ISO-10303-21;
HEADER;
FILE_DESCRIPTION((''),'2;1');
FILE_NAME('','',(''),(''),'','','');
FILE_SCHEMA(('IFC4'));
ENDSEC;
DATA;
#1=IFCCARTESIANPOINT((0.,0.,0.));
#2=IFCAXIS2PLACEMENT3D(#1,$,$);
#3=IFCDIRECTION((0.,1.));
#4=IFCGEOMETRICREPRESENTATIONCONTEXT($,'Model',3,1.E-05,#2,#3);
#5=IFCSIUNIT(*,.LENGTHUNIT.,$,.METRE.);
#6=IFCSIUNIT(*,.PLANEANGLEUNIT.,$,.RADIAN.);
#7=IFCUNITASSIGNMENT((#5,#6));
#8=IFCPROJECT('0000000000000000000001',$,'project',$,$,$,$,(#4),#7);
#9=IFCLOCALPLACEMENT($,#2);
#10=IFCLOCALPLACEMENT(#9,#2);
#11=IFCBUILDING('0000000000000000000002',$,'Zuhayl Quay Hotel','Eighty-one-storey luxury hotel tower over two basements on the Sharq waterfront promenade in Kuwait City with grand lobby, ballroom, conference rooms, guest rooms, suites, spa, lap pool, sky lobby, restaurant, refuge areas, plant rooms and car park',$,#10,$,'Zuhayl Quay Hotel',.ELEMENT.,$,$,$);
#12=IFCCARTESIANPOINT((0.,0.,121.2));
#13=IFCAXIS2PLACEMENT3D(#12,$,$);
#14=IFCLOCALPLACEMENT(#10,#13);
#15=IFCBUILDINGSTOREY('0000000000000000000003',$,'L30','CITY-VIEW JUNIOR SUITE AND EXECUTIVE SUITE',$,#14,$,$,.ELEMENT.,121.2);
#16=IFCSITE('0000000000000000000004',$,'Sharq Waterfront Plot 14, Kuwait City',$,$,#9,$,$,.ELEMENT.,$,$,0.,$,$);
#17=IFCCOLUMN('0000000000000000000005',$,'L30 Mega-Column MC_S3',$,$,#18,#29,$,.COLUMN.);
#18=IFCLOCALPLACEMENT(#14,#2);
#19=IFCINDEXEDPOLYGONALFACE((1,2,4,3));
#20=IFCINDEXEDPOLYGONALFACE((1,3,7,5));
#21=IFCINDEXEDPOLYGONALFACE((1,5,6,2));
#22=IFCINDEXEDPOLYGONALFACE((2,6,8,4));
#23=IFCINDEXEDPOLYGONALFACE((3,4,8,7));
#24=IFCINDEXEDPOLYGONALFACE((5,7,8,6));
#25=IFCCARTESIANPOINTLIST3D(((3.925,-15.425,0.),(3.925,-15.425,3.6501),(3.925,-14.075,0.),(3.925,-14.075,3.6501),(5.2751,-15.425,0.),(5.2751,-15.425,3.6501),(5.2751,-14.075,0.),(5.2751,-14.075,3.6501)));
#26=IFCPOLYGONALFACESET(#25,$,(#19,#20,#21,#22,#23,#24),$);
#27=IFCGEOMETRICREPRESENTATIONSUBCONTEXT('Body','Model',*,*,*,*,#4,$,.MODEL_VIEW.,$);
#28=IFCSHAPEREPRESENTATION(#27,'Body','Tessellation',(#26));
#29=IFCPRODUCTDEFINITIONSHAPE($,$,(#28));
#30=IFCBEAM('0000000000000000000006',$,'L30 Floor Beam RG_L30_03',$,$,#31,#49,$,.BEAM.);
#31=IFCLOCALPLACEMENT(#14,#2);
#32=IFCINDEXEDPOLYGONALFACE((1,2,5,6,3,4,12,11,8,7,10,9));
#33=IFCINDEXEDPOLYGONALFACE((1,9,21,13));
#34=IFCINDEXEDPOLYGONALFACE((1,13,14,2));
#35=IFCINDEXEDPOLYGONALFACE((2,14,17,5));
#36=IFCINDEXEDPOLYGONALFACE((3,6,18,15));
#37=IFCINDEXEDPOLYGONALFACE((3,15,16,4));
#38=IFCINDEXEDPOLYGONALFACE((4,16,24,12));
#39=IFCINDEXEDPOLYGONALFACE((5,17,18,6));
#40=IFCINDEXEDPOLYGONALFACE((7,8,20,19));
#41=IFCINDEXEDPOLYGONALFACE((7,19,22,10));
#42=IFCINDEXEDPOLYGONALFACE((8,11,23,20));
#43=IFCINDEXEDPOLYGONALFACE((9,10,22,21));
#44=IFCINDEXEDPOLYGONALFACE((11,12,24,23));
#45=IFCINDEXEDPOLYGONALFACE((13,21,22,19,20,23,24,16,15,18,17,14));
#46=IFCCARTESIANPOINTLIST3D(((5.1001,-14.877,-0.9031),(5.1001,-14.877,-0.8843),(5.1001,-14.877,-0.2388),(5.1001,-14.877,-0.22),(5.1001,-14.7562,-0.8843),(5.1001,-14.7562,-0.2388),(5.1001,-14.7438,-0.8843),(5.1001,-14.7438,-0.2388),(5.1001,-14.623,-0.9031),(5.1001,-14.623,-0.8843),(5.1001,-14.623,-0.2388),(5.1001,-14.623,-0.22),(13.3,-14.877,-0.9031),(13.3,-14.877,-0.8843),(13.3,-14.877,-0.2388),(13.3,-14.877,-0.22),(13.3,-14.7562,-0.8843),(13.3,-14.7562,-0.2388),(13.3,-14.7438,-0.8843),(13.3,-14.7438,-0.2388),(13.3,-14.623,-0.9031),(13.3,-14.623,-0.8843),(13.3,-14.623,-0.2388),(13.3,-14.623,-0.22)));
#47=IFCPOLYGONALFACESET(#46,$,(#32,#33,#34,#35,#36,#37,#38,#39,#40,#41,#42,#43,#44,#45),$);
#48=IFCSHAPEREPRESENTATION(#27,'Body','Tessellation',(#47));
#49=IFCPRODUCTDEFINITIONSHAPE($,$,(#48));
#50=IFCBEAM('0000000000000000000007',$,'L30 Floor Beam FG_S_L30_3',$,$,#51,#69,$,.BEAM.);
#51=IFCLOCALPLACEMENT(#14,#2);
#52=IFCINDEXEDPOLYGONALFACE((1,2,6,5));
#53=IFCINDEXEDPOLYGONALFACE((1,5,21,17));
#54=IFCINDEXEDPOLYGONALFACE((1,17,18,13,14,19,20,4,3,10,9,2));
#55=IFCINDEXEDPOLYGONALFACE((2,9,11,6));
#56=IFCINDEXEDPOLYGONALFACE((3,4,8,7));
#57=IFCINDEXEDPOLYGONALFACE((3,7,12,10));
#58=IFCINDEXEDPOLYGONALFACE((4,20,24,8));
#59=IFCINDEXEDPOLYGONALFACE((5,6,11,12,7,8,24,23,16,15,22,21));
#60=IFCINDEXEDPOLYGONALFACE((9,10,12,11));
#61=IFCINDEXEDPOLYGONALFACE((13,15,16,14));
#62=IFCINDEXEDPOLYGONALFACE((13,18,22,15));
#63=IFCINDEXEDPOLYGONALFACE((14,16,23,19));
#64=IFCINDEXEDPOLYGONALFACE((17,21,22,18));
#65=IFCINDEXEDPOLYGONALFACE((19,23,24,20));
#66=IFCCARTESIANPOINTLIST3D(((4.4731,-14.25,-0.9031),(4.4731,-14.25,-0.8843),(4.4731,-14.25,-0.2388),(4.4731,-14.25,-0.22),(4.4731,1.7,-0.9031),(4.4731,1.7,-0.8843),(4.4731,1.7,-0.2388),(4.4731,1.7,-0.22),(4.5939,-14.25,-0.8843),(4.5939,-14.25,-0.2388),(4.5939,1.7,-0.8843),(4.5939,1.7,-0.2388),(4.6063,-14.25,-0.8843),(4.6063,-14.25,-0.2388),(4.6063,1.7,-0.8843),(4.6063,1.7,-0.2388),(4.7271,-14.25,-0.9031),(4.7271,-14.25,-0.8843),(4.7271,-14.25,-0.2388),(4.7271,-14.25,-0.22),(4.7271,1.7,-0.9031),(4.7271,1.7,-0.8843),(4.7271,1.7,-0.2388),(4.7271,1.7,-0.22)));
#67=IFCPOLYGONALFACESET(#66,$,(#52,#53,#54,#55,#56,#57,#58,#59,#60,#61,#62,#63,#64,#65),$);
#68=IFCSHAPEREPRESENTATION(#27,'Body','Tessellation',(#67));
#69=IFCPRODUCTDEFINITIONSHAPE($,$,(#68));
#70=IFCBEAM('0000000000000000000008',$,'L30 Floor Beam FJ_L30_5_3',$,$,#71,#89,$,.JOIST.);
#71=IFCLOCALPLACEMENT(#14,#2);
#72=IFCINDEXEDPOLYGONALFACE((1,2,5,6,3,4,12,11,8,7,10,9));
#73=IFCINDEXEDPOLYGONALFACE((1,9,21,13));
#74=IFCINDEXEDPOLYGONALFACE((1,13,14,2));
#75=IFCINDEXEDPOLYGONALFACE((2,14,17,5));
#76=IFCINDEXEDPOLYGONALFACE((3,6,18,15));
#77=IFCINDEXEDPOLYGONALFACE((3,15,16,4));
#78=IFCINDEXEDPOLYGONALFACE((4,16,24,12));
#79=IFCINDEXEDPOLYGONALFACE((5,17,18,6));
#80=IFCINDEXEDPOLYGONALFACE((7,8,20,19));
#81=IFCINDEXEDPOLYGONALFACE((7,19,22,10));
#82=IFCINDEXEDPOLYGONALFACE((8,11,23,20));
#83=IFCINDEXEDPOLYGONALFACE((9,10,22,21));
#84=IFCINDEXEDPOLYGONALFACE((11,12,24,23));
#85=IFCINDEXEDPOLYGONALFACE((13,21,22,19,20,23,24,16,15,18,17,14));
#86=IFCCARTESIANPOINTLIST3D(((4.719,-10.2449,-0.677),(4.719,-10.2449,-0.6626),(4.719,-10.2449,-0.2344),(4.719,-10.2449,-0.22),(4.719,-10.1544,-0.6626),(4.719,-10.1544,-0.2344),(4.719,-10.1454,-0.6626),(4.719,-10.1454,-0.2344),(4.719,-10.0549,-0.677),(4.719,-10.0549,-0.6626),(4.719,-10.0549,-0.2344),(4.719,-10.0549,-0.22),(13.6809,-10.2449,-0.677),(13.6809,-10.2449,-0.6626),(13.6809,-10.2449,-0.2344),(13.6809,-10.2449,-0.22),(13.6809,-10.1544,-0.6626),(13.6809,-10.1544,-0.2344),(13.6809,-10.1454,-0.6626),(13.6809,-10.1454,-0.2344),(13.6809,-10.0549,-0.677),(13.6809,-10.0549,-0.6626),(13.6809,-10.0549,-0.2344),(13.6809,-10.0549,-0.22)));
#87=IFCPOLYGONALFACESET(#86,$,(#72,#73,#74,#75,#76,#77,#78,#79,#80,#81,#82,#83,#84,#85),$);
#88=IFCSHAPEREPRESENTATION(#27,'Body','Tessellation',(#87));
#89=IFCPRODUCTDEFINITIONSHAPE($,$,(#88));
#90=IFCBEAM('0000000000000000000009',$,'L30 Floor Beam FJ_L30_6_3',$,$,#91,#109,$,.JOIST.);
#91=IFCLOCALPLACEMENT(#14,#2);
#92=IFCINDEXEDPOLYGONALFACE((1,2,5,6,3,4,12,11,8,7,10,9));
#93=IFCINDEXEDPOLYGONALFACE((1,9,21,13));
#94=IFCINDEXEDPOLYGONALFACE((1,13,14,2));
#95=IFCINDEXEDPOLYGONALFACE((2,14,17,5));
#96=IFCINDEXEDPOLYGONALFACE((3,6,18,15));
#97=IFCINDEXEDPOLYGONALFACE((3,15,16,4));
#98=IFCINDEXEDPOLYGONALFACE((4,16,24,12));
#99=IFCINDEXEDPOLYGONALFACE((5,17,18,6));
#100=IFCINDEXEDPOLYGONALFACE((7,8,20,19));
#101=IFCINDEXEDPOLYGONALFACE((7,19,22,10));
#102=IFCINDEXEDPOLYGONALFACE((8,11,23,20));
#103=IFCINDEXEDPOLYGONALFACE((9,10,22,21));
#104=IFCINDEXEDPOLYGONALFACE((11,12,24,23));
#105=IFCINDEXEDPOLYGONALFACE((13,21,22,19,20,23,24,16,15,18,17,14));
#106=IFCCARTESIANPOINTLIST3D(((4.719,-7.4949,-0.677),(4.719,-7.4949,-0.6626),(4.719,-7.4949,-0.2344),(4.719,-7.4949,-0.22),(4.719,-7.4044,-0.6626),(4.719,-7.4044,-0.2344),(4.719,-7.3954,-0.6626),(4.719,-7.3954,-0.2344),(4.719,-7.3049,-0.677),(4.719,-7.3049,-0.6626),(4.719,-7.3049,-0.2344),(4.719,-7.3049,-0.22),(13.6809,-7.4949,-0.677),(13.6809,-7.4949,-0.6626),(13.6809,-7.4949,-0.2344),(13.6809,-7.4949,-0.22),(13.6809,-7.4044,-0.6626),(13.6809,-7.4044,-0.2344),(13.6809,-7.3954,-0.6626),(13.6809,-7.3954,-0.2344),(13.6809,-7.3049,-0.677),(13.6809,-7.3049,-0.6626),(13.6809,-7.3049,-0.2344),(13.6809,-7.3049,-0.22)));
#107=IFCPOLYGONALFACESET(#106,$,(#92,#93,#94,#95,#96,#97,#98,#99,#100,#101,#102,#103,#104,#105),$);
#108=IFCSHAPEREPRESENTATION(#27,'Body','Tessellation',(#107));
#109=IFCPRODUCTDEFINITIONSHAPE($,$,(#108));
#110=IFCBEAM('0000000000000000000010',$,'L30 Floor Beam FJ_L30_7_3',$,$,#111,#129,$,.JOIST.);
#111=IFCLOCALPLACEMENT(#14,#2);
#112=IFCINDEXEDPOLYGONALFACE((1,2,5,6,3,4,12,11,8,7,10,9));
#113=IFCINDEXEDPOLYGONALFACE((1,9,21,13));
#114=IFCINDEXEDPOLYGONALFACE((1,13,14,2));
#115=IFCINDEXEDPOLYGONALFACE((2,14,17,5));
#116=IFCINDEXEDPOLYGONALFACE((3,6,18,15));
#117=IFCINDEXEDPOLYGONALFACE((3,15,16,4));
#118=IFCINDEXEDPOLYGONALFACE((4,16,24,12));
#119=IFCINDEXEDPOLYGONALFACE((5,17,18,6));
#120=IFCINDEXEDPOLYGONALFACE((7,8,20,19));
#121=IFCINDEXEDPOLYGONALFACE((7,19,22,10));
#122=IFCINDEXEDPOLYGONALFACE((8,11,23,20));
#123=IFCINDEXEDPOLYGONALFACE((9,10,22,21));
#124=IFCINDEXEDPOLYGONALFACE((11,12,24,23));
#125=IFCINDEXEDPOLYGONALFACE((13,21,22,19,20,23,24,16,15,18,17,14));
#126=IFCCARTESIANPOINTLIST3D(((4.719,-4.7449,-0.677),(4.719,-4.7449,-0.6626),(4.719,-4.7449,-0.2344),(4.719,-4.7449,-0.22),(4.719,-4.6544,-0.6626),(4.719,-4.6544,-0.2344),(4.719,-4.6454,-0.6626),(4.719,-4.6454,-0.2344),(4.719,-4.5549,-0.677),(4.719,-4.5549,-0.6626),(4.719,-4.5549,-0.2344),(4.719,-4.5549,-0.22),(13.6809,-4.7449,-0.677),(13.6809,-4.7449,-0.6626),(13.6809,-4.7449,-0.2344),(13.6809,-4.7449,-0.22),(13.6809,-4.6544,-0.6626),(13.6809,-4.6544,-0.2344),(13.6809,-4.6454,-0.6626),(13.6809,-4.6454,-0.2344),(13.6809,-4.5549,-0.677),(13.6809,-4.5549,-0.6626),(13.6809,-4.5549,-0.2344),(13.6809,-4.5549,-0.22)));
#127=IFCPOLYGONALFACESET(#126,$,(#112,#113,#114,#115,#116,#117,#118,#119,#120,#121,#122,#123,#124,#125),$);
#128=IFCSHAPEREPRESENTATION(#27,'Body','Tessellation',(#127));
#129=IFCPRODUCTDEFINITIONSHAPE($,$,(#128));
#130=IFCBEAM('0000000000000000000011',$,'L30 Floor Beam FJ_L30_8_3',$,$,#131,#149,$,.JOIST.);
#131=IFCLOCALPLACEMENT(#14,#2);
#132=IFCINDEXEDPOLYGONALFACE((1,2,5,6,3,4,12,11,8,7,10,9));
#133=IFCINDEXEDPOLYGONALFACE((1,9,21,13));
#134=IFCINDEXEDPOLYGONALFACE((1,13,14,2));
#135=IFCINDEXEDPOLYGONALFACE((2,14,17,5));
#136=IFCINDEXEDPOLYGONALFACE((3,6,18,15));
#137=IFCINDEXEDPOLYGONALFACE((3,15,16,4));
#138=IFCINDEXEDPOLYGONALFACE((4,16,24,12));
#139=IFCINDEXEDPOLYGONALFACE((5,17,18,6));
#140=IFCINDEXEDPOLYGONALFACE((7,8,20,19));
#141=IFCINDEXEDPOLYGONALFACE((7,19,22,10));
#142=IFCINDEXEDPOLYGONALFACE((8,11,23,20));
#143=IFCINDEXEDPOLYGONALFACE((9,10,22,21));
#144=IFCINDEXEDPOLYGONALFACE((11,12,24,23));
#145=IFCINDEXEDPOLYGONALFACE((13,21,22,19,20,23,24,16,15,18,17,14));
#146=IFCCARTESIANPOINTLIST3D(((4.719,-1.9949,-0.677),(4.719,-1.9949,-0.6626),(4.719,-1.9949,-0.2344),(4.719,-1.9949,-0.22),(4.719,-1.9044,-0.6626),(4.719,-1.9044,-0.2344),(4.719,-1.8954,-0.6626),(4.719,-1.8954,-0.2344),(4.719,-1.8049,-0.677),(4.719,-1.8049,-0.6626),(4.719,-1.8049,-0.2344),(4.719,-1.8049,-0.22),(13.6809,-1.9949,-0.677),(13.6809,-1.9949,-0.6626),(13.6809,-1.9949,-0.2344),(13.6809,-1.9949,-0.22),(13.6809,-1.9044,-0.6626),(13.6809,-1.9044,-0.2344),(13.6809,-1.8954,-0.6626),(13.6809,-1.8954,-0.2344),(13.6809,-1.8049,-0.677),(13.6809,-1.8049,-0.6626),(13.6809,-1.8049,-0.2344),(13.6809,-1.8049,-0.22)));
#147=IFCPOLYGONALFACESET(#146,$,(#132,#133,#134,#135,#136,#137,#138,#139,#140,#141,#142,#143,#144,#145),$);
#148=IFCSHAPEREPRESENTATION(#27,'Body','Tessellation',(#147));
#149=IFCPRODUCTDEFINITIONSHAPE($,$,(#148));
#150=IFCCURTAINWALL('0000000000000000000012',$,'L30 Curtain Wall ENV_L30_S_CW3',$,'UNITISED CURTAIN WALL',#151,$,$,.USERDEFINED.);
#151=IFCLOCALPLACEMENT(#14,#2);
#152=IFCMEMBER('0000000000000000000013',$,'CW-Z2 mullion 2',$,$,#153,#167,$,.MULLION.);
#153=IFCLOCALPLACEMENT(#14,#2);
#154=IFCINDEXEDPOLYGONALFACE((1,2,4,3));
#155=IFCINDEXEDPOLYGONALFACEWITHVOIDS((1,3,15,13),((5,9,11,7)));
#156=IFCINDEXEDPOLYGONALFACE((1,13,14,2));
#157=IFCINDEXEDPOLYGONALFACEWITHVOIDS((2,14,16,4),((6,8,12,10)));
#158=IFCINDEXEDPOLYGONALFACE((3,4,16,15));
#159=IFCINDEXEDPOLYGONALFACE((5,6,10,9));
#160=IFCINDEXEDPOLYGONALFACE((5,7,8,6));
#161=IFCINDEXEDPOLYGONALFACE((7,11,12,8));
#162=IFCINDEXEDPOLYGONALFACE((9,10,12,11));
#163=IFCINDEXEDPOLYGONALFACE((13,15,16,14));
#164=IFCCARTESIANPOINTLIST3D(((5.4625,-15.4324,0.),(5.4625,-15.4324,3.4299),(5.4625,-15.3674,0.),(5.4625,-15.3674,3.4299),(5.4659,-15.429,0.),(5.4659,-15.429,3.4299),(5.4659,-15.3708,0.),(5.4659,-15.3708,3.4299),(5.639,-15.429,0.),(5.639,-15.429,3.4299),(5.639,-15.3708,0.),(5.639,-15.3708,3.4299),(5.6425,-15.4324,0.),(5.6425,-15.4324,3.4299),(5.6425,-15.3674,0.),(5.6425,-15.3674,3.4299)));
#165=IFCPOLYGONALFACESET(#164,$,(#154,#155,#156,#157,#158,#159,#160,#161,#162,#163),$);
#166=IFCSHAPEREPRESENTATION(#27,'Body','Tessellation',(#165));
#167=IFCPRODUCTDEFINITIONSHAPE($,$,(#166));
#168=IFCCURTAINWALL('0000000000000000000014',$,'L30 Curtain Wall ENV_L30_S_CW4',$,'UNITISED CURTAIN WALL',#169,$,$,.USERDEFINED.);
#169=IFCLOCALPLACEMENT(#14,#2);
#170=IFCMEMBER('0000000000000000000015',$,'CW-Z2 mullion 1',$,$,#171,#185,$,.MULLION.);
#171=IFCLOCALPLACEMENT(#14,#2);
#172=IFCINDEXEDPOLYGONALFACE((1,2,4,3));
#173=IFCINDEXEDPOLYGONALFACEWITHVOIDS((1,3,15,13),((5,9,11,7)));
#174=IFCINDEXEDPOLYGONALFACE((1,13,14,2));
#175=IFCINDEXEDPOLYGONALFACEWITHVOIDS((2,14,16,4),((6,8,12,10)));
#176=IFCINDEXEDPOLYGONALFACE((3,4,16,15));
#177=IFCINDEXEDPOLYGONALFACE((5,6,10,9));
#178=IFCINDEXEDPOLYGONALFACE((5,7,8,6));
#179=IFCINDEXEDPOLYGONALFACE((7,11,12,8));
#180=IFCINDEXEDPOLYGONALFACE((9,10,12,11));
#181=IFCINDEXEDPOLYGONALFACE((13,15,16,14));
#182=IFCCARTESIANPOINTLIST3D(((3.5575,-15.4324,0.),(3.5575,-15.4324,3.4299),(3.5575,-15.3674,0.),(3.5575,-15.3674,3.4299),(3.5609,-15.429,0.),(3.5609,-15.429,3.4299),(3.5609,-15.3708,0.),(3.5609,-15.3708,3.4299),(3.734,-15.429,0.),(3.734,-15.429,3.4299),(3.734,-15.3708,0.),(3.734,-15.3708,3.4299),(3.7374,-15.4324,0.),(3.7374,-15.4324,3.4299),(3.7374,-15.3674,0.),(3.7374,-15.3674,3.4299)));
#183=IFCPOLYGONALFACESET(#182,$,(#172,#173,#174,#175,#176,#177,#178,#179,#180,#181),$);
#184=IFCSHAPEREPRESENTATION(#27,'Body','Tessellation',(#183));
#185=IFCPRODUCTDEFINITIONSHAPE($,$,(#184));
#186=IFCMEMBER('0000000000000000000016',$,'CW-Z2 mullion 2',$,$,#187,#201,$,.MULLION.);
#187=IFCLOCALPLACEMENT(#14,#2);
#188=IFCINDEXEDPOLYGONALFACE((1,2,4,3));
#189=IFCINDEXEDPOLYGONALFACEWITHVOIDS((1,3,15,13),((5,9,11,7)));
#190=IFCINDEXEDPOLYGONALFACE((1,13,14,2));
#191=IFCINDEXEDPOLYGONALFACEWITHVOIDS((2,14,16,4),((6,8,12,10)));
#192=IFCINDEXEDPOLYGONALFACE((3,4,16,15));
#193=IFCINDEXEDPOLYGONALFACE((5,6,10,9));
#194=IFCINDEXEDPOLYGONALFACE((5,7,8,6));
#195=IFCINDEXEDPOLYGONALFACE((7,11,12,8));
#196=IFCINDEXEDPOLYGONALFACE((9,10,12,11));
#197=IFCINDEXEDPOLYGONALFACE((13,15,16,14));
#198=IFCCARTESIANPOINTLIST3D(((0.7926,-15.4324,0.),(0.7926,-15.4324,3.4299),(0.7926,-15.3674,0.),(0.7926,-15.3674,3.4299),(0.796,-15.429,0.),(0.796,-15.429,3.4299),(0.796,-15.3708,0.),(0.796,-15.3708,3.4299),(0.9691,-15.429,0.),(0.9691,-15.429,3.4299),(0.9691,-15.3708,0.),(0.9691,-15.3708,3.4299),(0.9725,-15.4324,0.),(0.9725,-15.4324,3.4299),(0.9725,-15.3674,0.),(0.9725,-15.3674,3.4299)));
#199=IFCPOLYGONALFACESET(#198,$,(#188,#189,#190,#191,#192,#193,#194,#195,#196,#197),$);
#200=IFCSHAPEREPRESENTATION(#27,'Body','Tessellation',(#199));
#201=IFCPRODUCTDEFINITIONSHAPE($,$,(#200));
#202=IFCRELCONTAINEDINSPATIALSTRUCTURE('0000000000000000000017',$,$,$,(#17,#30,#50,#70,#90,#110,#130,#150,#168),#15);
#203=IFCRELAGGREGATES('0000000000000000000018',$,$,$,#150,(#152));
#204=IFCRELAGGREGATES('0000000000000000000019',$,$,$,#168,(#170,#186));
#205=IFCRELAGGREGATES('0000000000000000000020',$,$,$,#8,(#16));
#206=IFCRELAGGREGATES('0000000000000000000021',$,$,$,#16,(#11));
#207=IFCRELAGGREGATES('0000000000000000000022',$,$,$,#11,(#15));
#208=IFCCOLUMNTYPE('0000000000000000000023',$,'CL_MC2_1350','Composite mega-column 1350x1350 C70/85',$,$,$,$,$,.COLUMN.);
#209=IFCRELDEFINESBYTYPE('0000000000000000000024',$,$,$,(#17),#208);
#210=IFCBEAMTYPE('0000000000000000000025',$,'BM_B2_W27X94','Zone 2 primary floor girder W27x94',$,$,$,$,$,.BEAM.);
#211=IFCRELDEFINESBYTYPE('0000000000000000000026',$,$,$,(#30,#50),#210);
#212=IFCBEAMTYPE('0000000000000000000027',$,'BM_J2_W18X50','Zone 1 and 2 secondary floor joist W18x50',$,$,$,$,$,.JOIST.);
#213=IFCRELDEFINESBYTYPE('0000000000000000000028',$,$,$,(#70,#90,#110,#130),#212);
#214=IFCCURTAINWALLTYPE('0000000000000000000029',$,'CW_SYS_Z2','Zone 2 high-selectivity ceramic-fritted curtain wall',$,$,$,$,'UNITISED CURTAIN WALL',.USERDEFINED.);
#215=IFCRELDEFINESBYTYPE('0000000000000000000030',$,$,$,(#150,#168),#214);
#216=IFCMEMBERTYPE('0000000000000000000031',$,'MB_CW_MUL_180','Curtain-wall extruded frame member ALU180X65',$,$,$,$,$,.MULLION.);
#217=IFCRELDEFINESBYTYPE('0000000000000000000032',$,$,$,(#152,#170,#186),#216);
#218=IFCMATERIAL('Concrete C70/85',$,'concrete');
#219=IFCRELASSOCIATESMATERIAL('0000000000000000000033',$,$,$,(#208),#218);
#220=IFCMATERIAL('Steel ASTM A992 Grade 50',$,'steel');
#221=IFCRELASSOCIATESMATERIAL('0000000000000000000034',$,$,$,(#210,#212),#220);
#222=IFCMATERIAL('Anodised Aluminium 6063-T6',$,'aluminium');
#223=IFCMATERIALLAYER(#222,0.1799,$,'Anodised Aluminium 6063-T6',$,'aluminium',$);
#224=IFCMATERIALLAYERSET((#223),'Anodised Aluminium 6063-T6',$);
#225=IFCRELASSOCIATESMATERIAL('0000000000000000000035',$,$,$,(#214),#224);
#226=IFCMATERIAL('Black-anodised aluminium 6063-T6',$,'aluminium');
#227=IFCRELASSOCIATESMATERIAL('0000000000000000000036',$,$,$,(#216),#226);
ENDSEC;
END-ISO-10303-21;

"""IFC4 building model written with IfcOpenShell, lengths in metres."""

from ifc_helpers import new_model, si_unit, direction, frame, origin, origin_2d, place, context, subcontext, project, spatial, rectangle, hollow_rectangle, i_section, extrude, material, layer, layer_set, material_profile, profile_set, type_object, element, aggregate, save


model = new_model("IFC4")

# Units and contexts
model_context = context("Model", 3, precision=1e-05, world=origin(), true_north=direction((0.0, 1.0)))
body_context = subcontext(model_context, "Body", "Model", "MODEL_VIEW")
ifc_project = project(units=[si_unit("LENGTHUNIT", "METRE"), si_unit("PLANEANGLEUNIT", "RADIAN")], contexts=[model_context])

# Site, building, storey
site_placement = place(None, origin())
site = spatial("IfcSite", under=ifc_project, at=site_placement, Name="Sharq Waterfront Plot 14, Kuwait City", CompositionType="ELEMENT", RefElevation=0.0)
building_placement = place(site_placement, origin())
building = spatial("IfcBuilding", under=site, at=building_placement, Name="Zuhayl Quay Hotel", Description="Eighty-one-storey luxury hotel tower over two basements on the Sharq waterfront promenade in Kuwait City with grand lobby, ballroom, conference rooms, guest rooms, suites, spa, lap pool, sky lobby, restaurant, refuge areas, plant rooms and car park", LongName="Zuhayl Quay Hotel", CompositionType="ELEMENT")
storey_placement = place(building_placement, frame((0.0, 0.0, 121.2)))
storey = spatial("IfcBuildingStorey", under=building, at=storey_placement, Name="L30", Description="CITY-VIEW JUNIOR SUITE AND EXECUTIVE SUITE", CompositionType="ELEMENT", Elevation=121.2)

# Column
ifc_material_1 = material(Name="Concrete C70/85", Category="concrete")
ifc_material_profile_1 = material_profile(ifc_material_1, rectangle(XDim=1.3501, YDim=1.3501, at=origin_2d()), Name="RC1350X1350")
ifc_profile_set_1 = profile_set([ifc_material_profile_1], Name="Concrete C70/85")
column_type = type_object("IfcColumnType", Name="CL_MC2_1350", Description="Composite mega-column 1350x1350 C70/85", PredefinedType="COLUMN", material=ifc_profile_set_1)
column_placement = place(storey_placement, frame((4.6001, -14.75, 0.0), z_axis=(0.0, 0.0, 1.0), x_axis=(1.0, 0.0, 0.0)))
element("IfcColumn", 1, at=column_placement, inside=storey, type_object=column_type, Name="L30 Mega-Column MC_S3", PredefinedType="COLUMN", context=body_context, shape_type="SweptSolid", body=[
    extrude(rectangle(XDim=1.3501, YDim=1.3501, at=origin_2d()), origin(), (0.0, 0.0, 1.0), 3.6501),
])

# Beams
ifc_material_2 = material(Name="Steel ASTM A992 Grade 50", Category="steel")
ifc_material_profile_2 = material_profile(ifc_material_2, i_section(OverallWidth=0.2539, OverallDepth=0.6831, WebThickness=0.0125, FlangeThickness=0.0188, at=origin_2d()), Name="W27X94")
ifc_profile_set_2 = profile_set([ifc_material_profile_2], Name="Steel ASTM A992 Grade 50")
beam_type_1 = type_object("IfcBeamType", Name="BM_B2_W27X94", Description="Zone 2 primary floor girder W27x94", PredefinedType="BEAM", material=ifc_profile_set_2)
beam_1_placement = place(storey_placement, frame((5.1001, -14.75, -0.5615), z_axis=(1.0, 0.0, 0.0), x_axis=(0.0, 1.0, 0.0)))
element("IfcBeam", 2, at=beam_1_placement, inside=storey, type_object=beam_type_1, Name="L30 Floor Beam RG_L30_03", PredefinedType="BEAM", context=body_context, shape_type="SweptSolid", body=[
    extrude(i_section(OverallWidth=0.2539, OverallDepth=0.6831, WebThickness=0.0125, FlangeThickness=0.0188, at=origin_2d()), origin(), (0.0, 0.0, 1.0), 8.2),
])
beam_2_placement = place(storey_placement, frame((4.6001, -14.25, -0.5615), z_axis=(0.0, 1.0, 0.0), x_axis=(-1.0, 0.0, 0.0)))
element("IfcBeam", 3, at=beam_2_placement, inside=storey, type_object=beam_type_1, Name="L30 Floor Beam FG_S_L30_3", PredefinedType="BEAM", context=body_context, shape_type="SweptSolid", body=[
    extrude(i_section(OverallWidth=0.2539, OverallDepth=0.6831, WebThickness=0.0125, FlangeThickness=0.0188, at=origin_2d()), origin(), (0.0, 0.0, 1.0), 15.95),
])
ifc_material_profile_3 = material_profile(ifc_material_2, i_section(OverallWidth=0.1899, OverallDepth=0.457, WebThickness=0.009, FlangeThickness=0.0144, at=origin_2d()), Name="W18X50")
ifc_profile_set_3 = profile_set([ifc_material_profile_3], Name="Steel ASTM A992 Grade 50")
beam_type_2 = type_object("IfcBeamType", Name="BM_J2_W18X50", Description="Zone 1 and 2 secondary floor joist W18x50", PredefinedType="JOIST", material=ifc_profile_set_3)
for number, where, z_axis, x_axis, name in (
    (4, (4.719, -10.1499, -0.4485), (1.0, 0.0, 0.0), (0.0, 1.0, 0.0), "L30 Floor Beam FJ_L30_5_3"),
    (5, (4.719, -7.3999, -0.4485), (1.0, 0.0, 0.0), (0.0, 1.0, 0.0), "L30 Floor Beam FJ_L30_6_3"),
    (6, (4.719, -4.6499, -0.4485), (1.0, 0.0, 0.0), (0.0, 1.0, 0.0), "L30 Floor Beam FJ_L30_7_3"),
    (7, (4.719, -1.8999, -0.4485), (1.0, 0.0, 0.0), (0.0, 1.0, 0.0), "L30 Floor Beam FJ_L30_8_3"),
):
    element("IfcBeam", number, at=place(storey_placement, frame(where, z_axis=z_axis, x_axis=x_axis)), inside=storey, type_object=beam_type_2, Name=name, PredefinedType="JOIST", context=body_context, shape_type="SweptSolid", body=[
        extrude(i_section(OverallWidth=0.1899, OverallDepth=0.457, WebThickness=0.009, FlangeThickness=0.0144, at=origin_2d()), origin(), (0.0, 0.0, 1.0), 8.9619),
    ])

# Curtain wall, member
ifc_material_3 = material(Name="Anodised Aluminium 6063-T6", Category="aluminium")
ifc_layer_1 = layer(ifc_material_3, 0.1799, Name="Anodised Aluminium 6063-T6", Category="aluminium")
ifc_layer_set_1 = layer_set([ifc_layer_1], Name="Anodised Aluminium 6063-T6")
curtain_wall_type = type_object("IfcCurtainWallType", Name="CW_SYS_Z2", Description="Zone 2 high-selectivity ceramic-fritted curtain wall", ElementType="UNITISED CURTAIN WALL", PredefinedType="USERDEFINED", material=ifc_layer_set_1)
curtain_wall_1_placement = place(storey_placement, origin())
curtain_wall_1 = element("IfcCurtainWall", 8, at=curtain_wall_1_placement, inside=storey, type_object=curtain_wall_type, Name="L30 Curtain Wall ENV_L30_S_CW3", ObjectType="UNITISED CURTAIN WALL", PredefinedType="USERDEFINED")
ifc_material_4 = material(Name="Black-anodised aluminium 6063-T6", Category="aluminium")
ifc_material_profile_4 = material_profile(ifc_material_4, hollow_rectangle(XDim=0.0649, YDim=0.1799, WallThickness=0.0034, at=origin_2d()), Name="ALU180X65")
ifc_profile_set_4 = profile_set([ifc_material_profile_4], Name="Black-anodised aluminium 6063-T6")
member_type_1 = type_object("IfcMemberType", Name="MB_CW_MUL_180", Description="Curtain-wall extruded frame member ALU180X65", PredefinedType="MULLION", material=ifc_profile_set_4)
member_1_placement = place(storey_placement, frame((5.5525, -15.3999, 0.0), z_axis=(0.0, 0.0, 1.0), x_axis=(0.0, -1.0, 0.0)))
member_1 = element("IfcMember", 9, at=member_1_placement, type_object=member_type_1, Name="CW-Z2 mullion 2", PredefinedType="MULLION", context=body_context, shape_type="SweptSolid", body=[
    extrude(hollow_rectangle(XDim=0.0649, YDim=0.1799, WallThickness=0.0034, at=origin_2d()), origin(), (0.0, 0.0, 1.0), 3.4299),
])
aggregate(curtain_wall_1, [member_1])

# Curtain wall, members
curtain_wall_2_placement = place(storey_placement, origin())
curtain_wall_2 = element("IfcCurtainWall", 10, at=curtain_wall_2_placement, inside=storey, type_object=curtain_wall_type, Name="L30 Curtain Wall ENV_L30_S_CW4", ObjectType="UNITISED CURTAIN WALL", PredefinedType="USERDEFINED")
member_2_placement = place(storey_placement, frame((3.6475, -15.3999, 0.0), z_axis=(0.0, 0.0, 1.0), x_axis=(0.0, -1.0, 0.0)))
member_2 = element("IfcMember", 11, at=member_2_placement, type_object=member_type_1, Name="CW-Z2 mullion 1", PredefinedType="MULLION", context=body_context, shape_type="SweptSolid", body=[
    extrude(hollow_rectangle(XDim=0.0649, YDim=0.1799, WallThickness=0.0034, at=origin_2d()), origin(), (0.0, 0.0, 1.0), 3.4299),
])
member_3_placement = place(storey_placement, frame((0.8826, -15.3999, 0.0), z_axis=(0.0, 0.0, 1.0), x_axis=(0.0, -1.0, 0.0)))
member_3 = element("IfcMember", 12, at=member_3_placement, type_object=member_type_1, Name="CW-Z2 mullion 2", PredefinedType="MULLION", context=body_context, shape_type="SweptSolid", body=[
    extrude(hollow_rectangle(XDim=0.0649, YDim=0.1799, WallThickness=0.0034, at=origin_2d()), origin(), (0.0, 0.0, 1.0), 3.4299),
])
aggregate(curtain_wall_2, [member_2, member_3])

save(model, "model.ifc")
